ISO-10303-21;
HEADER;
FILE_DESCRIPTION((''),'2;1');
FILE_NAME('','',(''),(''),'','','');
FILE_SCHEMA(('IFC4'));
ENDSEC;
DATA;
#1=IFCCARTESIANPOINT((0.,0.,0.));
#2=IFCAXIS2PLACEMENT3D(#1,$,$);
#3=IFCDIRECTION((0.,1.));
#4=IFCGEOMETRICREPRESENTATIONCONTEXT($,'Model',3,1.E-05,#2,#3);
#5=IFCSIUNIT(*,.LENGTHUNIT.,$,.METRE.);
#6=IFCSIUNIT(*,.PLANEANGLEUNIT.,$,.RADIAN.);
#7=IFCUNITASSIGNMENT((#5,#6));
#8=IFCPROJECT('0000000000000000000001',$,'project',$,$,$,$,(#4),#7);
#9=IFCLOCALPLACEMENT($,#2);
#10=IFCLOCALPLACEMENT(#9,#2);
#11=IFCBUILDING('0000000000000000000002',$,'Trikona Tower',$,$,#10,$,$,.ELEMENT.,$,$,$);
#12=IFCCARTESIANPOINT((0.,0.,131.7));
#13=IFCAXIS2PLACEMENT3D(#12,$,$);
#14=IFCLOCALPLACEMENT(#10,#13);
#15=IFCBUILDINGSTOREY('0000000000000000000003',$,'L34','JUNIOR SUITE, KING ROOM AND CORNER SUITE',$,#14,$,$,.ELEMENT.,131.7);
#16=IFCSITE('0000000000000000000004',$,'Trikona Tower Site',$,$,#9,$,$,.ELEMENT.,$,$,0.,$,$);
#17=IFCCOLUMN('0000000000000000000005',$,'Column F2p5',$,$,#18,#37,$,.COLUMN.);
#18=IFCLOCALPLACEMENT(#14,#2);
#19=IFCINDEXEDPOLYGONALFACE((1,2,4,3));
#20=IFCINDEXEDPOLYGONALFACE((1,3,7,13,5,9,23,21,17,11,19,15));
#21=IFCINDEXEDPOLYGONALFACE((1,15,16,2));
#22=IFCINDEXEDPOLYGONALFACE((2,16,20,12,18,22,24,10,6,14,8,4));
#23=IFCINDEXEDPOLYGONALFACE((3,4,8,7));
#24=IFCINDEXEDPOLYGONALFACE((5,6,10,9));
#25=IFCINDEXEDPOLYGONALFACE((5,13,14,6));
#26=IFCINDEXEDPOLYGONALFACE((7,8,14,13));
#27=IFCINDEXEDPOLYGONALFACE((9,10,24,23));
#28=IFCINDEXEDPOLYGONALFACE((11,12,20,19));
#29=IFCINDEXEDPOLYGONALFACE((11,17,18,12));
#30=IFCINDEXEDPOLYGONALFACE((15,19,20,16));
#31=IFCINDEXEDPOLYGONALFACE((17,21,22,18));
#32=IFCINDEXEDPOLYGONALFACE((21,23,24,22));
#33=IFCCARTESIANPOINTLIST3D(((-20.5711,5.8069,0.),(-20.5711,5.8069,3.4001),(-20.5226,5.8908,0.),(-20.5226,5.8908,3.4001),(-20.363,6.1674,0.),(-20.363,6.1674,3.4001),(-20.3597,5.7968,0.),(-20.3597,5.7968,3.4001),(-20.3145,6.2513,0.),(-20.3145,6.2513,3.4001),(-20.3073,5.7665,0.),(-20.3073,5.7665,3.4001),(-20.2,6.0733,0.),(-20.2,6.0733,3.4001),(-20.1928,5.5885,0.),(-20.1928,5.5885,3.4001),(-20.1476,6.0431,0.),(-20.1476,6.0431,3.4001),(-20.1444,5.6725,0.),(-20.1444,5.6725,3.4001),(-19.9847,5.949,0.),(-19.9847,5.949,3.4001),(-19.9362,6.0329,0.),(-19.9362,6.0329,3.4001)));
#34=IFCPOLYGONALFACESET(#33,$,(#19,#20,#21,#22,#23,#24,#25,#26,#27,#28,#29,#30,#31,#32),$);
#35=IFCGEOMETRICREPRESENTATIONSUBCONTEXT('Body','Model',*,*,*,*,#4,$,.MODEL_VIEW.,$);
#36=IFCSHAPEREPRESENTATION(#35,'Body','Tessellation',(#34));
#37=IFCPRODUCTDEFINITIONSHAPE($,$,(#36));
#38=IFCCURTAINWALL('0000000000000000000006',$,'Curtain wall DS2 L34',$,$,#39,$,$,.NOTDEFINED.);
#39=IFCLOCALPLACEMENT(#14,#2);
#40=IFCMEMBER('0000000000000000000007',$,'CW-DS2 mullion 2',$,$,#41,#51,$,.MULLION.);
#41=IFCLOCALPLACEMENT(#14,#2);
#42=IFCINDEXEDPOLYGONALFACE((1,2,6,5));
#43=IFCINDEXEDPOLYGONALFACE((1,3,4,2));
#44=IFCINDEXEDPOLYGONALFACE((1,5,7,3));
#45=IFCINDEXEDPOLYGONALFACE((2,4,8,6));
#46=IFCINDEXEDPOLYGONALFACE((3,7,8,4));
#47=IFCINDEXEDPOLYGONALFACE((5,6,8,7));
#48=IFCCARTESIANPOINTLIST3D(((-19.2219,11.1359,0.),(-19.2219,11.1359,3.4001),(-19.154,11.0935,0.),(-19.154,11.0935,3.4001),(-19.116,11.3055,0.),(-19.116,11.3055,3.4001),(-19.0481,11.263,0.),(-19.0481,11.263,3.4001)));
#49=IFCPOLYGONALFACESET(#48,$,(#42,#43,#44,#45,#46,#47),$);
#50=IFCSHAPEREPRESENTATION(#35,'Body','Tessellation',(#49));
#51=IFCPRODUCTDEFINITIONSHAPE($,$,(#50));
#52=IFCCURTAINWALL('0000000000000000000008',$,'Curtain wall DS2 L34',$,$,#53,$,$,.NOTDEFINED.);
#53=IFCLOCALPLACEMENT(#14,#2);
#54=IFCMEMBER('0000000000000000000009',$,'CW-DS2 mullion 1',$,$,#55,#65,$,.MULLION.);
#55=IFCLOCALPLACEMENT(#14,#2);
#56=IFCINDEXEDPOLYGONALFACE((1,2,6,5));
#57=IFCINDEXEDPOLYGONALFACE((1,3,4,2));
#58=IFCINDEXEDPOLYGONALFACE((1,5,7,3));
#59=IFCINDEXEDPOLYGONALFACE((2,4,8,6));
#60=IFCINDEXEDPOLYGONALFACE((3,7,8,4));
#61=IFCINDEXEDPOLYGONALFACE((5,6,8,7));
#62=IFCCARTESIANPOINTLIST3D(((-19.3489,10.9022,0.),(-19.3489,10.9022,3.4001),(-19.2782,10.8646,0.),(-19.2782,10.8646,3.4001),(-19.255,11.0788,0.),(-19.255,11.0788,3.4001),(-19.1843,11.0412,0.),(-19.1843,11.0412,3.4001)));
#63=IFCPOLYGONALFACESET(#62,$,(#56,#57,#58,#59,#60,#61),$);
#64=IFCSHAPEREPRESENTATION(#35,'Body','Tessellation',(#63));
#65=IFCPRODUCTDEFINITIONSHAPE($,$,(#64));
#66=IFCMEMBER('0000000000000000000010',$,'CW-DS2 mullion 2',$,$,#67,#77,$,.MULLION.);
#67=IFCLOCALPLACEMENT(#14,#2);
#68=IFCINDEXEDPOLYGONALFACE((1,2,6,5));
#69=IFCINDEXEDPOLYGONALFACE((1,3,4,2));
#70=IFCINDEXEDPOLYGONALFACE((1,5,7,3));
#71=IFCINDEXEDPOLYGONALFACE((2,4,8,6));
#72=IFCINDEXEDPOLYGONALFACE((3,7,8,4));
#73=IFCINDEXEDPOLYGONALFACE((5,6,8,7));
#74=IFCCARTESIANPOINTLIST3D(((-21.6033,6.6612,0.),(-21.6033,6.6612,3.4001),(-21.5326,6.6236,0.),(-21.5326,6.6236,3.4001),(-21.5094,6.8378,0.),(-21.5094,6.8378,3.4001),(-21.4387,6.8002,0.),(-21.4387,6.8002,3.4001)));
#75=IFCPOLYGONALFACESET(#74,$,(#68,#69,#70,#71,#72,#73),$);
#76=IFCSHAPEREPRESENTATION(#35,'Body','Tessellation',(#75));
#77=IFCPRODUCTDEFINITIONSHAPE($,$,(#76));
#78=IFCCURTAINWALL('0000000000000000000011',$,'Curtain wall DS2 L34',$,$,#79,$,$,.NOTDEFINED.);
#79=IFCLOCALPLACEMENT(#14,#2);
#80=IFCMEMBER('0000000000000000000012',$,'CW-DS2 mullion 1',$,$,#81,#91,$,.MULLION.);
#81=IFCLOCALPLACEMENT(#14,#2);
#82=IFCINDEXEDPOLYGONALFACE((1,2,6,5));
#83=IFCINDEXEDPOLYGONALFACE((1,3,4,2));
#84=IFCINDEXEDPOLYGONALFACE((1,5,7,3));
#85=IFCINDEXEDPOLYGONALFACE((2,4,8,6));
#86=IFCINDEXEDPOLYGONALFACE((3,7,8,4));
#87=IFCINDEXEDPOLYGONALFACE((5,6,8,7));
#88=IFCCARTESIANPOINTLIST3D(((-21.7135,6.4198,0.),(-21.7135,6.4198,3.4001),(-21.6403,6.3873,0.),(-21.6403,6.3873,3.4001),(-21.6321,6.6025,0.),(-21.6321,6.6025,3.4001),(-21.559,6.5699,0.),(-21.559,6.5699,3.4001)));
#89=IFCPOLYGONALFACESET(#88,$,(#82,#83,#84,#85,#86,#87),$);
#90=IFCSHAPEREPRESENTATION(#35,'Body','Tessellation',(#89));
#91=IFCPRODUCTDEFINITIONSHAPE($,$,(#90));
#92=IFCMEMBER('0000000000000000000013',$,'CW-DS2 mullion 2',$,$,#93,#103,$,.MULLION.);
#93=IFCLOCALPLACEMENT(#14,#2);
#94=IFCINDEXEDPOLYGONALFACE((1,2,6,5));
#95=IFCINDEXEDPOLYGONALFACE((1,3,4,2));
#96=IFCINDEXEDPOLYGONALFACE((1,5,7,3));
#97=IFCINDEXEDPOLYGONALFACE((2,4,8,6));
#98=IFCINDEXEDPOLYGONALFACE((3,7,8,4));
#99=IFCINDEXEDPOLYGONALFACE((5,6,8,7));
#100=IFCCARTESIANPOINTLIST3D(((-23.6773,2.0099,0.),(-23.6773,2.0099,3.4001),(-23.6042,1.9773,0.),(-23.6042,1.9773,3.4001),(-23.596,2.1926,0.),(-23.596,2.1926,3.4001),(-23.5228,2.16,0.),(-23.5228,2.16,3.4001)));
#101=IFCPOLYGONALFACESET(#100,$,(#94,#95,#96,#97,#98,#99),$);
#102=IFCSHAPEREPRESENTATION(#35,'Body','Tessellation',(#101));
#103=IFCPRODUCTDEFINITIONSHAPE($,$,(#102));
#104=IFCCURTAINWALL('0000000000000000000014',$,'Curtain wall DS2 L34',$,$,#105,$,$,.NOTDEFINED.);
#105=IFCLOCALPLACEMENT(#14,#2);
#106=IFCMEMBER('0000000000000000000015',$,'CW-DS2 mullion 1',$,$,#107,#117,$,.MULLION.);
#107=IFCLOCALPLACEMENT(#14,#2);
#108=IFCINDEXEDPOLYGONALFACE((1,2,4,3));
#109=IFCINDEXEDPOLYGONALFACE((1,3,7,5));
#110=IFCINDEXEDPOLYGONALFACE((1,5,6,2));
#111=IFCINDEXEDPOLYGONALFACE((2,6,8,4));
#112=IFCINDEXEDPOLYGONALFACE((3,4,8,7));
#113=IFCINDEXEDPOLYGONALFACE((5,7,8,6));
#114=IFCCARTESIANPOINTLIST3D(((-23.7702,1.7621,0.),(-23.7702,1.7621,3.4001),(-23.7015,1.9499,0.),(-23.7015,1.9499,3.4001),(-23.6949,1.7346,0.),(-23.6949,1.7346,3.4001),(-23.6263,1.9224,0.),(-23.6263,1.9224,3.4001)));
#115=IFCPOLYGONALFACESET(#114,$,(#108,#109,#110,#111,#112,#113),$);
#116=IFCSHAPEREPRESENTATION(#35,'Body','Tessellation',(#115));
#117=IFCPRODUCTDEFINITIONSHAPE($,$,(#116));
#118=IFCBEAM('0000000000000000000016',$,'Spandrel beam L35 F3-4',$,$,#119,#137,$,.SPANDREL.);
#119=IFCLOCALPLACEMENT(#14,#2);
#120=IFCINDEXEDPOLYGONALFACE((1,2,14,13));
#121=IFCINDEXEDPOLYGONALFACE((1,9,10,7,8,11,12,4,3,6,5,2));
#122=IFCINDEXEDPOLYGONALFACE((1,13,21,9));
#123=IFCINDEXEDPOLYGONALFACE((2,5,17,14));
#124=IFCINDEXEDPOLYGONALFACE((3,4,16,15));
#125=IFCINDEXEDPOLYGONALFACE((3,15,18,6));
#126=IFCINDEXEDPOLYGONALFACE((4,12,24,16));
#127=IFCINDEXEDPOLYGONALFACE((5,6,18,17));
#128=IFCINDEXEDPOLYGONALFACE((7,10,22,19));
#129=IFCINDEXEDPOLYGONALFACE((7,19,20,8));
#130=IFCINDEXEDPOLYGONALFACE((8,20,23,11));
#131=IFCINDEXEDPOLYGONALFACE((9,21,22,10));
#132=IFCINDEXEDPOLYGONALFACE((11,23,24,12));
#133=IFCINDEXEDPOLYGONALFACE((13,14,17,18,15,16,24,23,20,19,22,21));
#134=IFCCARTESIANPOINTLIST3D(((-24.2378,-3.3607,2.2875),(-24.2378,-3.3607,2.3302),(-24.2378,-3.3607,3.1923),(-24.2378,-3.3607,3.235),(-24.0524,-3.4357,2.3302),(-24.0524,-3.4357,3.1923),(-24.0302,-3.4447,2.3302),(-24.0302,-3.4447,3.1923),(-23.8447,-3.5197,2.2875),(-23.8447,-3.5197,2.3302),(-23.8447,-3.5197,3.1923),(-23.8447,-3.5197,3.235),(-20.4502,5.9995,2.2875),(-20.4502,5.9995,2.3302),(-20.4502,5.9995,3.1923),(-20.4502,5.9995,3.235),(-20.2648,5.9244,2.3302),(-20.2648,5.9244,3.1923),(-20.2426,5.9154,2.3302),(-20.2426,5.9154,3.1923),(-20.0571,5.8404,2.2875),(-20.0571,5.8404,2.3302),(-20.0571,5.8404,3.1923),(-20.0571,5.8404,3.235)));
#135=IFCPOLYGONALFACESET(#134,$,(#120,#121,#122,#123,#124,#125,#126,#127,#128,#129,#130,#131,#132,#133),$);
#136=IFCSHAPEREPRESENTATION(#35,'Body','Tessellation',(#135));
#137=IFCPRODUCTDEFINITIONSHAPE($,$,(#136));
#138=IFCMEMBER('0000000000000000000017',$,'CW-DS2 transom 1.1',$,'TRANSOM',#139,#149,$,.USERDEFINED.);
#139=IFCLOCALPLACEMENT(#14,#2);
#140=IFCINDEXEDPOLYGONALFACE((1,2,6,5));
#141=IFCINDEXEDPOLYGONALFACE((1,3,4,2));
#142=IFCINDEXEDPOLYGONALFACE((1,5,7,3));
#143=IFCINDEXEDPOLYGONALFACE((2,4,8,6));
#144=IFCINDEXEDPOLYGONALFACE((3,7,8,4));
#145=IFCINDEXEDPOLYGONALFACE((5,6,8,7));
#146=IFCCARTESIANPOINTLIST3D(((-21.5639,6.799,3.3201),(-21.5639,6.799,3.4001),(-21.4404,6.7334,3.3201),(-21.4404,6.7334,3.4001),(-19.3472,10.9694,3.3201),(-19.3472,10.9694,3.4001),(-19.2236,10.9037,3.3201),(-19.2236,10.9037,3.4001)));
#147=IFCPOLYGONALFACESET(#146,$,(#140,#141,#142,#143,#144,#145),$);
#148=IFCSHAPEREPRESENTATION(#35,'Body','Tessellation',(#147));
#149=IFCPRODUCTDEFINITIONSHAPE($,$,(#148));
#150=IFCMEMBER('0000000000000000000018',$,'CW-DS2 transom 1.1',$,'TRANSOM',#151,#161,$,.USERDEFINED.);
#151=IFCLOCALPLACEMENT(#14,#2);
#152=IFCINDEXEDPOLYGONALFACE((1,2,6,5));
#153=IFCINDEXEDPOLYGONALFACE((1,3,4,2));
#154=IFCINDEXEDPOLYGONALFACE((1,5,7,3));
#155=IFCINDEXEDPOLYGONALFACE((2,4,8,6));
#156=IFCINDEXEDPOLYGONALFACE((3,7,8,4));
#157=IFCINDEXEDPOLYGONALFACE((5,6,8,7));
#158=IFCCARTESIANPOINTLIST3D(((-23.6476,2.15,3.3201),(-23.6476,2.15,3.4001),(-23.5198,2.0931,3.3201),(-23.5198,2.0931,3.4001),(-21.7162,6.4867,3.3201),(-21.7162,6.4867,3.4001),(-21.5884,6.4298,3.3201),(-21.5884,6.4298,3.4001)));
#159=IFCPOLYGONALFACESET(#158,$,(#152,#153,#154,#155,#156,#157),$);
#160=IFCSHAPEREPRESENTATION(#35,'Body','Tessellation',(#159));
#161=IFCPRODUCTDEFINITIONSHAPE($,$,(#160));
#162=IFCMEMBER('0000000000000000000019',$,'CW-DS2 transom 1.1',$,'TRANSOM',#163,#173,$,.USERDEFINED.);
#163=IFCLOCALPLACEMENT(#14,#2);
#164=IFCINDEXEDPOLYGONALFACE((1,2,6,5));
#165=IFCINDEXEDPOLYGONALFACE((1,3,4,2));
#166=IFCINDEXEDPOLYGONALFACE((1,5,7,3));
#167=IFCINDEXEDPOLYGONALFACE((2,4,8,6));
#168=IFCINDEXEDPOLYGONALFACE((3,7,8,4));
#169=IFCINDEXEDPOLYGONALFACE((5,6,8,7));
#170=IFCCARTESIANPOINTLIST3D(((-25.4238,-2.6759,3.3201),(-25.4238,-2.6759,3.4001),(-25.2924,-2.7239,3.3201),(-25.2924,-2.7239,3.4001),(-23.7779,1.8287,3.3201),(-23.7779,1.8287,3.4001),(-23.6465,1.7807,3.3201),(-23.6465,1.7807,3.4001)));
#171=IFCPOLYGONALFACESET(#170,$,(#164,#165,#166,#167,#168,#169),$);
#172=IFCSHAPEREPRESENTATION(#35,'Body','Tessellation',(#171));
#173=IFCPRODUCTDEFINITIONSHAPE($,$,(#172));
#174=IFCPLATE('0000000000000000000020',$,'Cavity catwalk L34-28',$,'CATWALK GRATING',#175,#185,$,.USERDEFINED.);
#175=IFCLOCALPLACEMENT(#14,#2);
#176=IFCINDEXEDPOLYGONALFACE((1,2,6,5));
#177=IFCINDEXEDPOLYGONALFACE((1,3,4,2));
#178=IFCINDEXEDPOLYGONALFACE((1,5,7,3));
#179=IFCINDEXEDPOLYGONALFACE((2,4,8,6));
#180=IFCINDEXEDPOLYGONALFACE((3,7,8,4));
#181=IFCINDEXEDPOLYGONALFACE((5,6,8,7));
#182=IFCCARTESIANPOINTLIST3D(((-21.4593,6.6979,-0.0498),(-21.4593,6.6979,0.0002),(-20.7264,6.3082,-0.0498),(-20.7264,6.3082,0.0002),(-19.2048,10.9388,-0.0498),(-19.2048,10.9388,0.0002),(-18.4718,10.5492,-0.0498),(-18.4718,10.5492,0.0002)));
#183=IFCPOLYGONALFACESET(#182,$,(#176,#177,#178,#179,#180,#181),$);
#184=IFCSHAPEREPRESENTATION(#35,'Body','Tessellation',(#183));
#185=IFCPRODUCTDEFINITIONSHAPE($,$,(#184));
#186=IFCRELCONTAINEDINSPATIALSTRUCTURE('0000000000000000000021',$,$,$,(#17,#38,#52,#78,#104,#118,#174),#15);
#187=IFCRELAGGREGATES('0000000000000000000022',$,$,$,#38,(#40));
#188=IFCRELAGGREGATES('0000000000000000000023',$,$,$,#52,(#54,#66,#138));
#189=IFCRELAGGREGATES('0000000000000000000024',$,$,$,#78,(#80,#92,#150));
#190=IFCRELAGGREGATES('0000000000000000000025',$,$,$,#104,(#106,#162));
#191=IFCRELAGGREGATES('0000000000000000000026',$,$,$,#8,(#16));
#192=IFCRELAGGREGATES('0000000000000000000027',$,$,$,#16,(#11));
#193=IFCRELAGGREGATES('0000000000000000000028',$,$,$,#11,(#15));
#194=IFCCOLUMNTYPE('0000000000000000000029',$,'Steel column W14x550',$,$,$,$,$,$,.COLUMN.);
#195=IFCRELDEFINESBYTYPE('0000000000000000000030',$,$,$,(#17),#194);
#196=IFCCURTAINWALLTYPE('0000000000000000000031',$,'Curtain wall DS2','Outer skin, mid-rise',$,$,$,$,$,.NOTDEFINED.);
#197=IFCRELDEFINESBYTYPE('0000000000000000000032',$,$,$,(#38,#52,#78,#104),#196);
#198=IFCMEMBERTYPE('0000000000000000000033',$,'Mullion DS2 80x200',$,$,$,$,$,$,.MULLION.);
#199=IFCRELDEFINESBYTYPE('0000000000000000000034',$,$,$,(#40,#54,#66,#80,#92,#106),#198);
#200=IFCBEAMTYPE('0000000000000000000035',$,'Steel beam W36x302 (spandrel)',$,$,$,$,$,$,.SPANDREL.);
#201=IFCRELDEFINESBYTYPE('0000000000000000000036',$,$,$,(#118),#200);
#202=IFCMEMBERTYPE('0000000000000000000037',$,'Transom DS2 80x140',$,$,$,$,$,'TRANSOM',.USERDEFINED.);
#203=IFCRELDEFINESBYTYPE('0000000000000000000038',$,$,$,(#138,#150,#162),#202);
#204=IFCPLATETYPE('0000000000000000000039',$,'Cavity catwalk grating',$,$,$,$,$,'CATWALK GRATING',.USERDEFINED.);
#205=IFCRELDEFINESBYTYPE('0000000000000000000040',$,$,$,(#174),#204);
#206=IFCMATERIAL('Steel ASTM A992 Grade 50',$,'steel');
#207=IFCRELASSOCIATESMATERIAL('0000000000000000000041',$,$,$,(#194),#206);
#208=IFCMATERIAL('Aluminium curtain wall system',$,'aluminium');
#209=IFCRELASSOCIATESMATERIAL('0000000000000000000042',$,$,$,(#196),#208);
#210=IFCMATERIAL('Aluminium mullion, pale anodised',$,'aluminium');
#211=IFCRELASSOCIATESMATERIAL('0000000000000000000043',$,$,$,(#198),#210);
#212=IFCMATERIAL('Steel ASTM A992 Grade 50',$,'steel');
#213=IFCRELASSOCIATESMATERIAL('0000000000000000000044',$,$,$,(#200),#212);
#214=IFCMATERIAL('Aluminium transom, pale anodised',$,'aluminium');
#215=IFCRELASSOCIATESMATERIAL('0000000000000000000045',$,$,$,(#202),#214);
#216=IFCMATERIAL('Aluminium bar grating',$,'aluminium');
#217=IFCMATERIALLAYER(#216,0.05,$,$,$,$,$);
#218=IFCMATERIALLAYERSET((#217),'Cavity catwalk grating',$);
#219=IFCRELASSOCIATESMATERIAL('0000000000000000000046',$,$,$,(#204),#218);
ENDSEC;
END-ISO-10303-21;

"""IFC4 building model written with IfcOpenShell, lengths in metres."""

from ifc_helpers import new_model, si_unit, direction, frame, origin, origin_2d, place, context, subcontext, project, spatial, rectangle, i_section, extrude, material, layer, layer_set, material_profile, profile_set, type_object, element, aggregate, save


model = new_model("IFC4")

# Units and contexts
model_context = context("Model", 3, precision=1e-05, world=origin(), true_north=direction((0.0, 1.0)))
body_context = subcontext(model_context, "Body", "Model", "MODEL_VIEW")
ifc_project = project(units=[si_unit("LENGTHUNIT", "METRE"), si_unit("PLANEANGLEUNIT", "RADIAN")], contexts=[model_context])

# Site, building, storey
site_placement = place(None, origin())
site = spatial("IfcSite", under=ifc_project, at=site_placement, Name="Trikona Tower Site", CompositionType="ELEMENT", RefElevation=0.0)
building_placement = place(site_placement, origin())
building = spatial("IfcBuilding", under=site, at=building_placement, Name="Trikona Tower", CompositionType="ELEMENT")
storey_placement = place(building_placement, frame((0.0, 0.0, 131.7)))
storey = spatial("IfcBuildingStorey", under=building, at=storey_placement, Name="L34", Description="JUNIOR SUITE, KING ROOM AND CORNER SUITE", CompositionType="ELEMENT", Elevation=131.7)

# Column
ifc_material_1 = material(Name="Steel ASTM A992 Grade 50", Category="steel")
ifc_material_profile_1 = material_profile(ifc_material_1, i_section(OverallWidth=0.4368, OverallDepth=0.5132, WebThickness=0.0605, FlangeThickness=0.0969, at=origin_2d()), Name="W14X550")
ifc_profile_set_1 = profile_set([ifc_material_profile_1], Name="Steel ASTM A992 Grade 50")
column_type = type_object("IfcColumnType", Name="Steel column W14x550", PredefinedType="COLUMN", material=ifc_profile_set_1)
column_placement = place(storey_placement, frame((-20.2537, 5.9199, 0.0), z_axis=(0.0, 0.0, 1.0), x_axis=(-0.866025, 0.5, 0.0)))
element("IfcColumn", 1, at=column_placement, inside=storey, type_object=column_type, Name="Column F2p5", PredefinedType="COLUMN", context=body_context, shape_type="SweptSolid", body=[
    extrude(i_section(OverallWidth=0.4368, OverallDepth=0.5132, WebThickness=0.0605, FlangeThickness=0.0969, at=origin_2d()), origin(), (0.0, 0.0, 1.0), 3.4001),
])

# Curtain wall, member
ifc_material_2 = material(Name="Aluminium curtain wall system", Category="aluminium")
curtain_wall_type = type_object("IfcCurtainWallType", Name="Curtain wall DS2", Description="Outer skin, mid-rise", PredefinedType="NOTDEFINED", material=ifc_material_2)
curtain_wall_1_placement = place(storey_placement, origin())
curtain_wall_1 = element("IfcCurtainWall", 2, at=curtain_wall_1_placement, inside=storey, type_object=curtain_wall_type, Name="Curtain wall DS2 L34", PredefinedType="NOTDEFINED")
ifc_material_3 = material(Name="Aluminium mullion, pale anodised", Category="aluminium")
ifc_material_profile_2 = material_profile(ifc_material_3, rectangle(XDim=0.0801, YDim=0.2, at=origin_2d()), Name="MUL-DS2")
ifc_profile_set_2 = profile_set([ifc_material_profile_2], Name="Aluminium mullion, pale anodised")
member_type_1 = type_object("IfcMemberType", Name="Mullion DS2 80x200", PredefinedType="MULLION", material=ifc_profile_set_2)
member_1_placement = place(storey_placement, frame((-19.135, 11.1995, 0.0), z_axis=(0.0, 0.0, 1.0), x_axis=(0.847998, -0.529999, 0.0)))
member_1 = element("IfcMember", 3, at=member_1_placement, type_object=member_type_1, Name="CW-DS2 mullion 2", PredefinedType="MULLION", context=body_context, shape_type="SweptSolid", body=[
    extrude(rectangle(XDim=0.0801, YDim=0.2, at=origin_2d()), origin(), (0.0, 0.0, 1.0), 3.4001),
])
aggregate(curtain_wall_1, [member_1])

# Curtain walls, members
curtain_wall_2_placement = place(storey_placement, origin())
curtain_wall_2 = element("IfcCurtainWall", 4, at=curtain_wall_2_placement, inside=storey, type_object=curtain_wall_type, Name="Curtain wall DS2 L34", PredefinedType="NOTDEFINED")
member_2_placement = place(storey_placement, frame((-19.2666, 10.9717, 0.0), z_axis=(0.0, 0.0, 1.0), x_axis=(0.882996, -0.46938, 0.0)))
member_2 = element("IfcMember", 5, at=member_2_placement, type_object=member_type_1, Name="CW-DS2 mullion 1", PredefinedType="MULLION", context=body_context, shape_type="SweptSolid", body=[
    extrude(rectangle(XDim=0.0801, YDim=0.2, at=origin_2d()), origin(), (0.0, 0.0, 1.0), 3.4001),
])
member_3_placement = place(storey_placement, frame((-21.521, 6.7307, 0.0), z_axis=(0.0, 0.0, 1.0), x_axis=(0.882996, -0.46938, 0.0)))
member_3 = element("IfcMember", 6, at=member_3_placement, type_object=member_type_1, Name="CW-DS2 mullion 2", PredefinedType="MULLION", context=body_context, shape_type="SweptSolid", body=[
    extrude(rectangle(XDim=0.0801, YDim=0.2, at=origin_2d()), origin(), (0.0, 0.0, 1.0), 3.4001),
])
curtain_wall_3_placement = place(storey_placement, origin())
curtain_wall_3 = element("IfcCurtainWall", 7, at=curtain_wall_3_placement, inside=storey, type_object=curtain_wall_type, Name="Curtain wall DS2 L34", PredefinedType="NOTDEFINED")
member_4_placement = place(storey_placement, frame((-21.6362, 6.4949, 0.0), z_axis=(0.0, 0.0, 1.0), x_axis=(0.913501, -0.406836, 0.0)))
member_4 = element("IfcMember", 8, at=member_4_placement, type_object=member_type_1, Name="CW-DS2 mullion 1", PredefinedType="MULLION", context=body_context, shape_type="SweptSolid", body=[
    extrude(rectangle(XDim=0.0801, YDim=0.2, at=origin_2d()), origin(), (0.0, 0.0, 1.0), 3.4001),
])
member_5_placement = place(storey_placement, frame((-23.6001, 2.085, 0.0), z_axis=(0.0, 0.0, 1.0), x_axis=(0.913501, -0.406836, 0.0)))
member_5 = element("IfcMember", 9, at=member_5_placement, type_object=member_type_1, Name="CW-DS2 mullion 2", PredefinedType="MULLION", context=body_context, shape_type="SweptSolid", body=[
    extrude(rectangle(XDim=0.0801, YDim=0.2, at=origin_2d()), origin(), (0.0, 0.0, 1.0), 3.4001),
])

# Curtain wall, member
curtain_wall_4_placement = place(storey_placement, origin())
curtain_wall_4 = element("IfcCurtainWall", 10, at=curtain_wall_4_placement, inside=storey, type_object=curtain_wall_type, Name="Curtain wall DS2 L34", PredefinedType="NOTDEFINED")
member_6_placement = place(storey_placement, frame((-23.6982, 1.8423, 0.0), z_axis=(0.0, 0.0, 1.0), x_axis=(0.939254, -0.343223, 0.0)))
member_6 = element("IfcMember", 11, at=member_6_placement, type_object=member_type_1, Name="CW-DS2 mullion 1", PredefinedType="MULLION", context=body_context, shape_type="SweptSolid", body=[
    extrude(rectangle(XDim=0.0801, YDim=0.2, at=origin_2d()), origin(), (0.0, 0.0, 1.0), 3.4001),
])

# Beam
ifc_material_4 = material(Name="Steel ASTM A992 Grade 50", Category="steel")
ifc_material_profile_3 = material_profile(ifc_material_4, i_section(OverallWidth=0.4241, OverallDepth=0.9475, WebThickness=0.0239, FlangeThickness=0.0427, at=origin_2d()), Name="W36X302")
ifc_profile_set_3 = profile_set([ifc_material_profile_3], Name="Steel ASTM A992 Grade 50")
beam_type = type_object("IfcBeamType", Name="Steel beam W36x302 (spandrel)", PredefinedType="SPANDREL", material=ifc_profile_set_3)
beam_placement = place(storey_placement, frame((-20.2537, 5.9199, 2.7612), z_axis=(-0.375106, -0.926982, 0.0), x_axis=(0.926982, -0.375106, 0.0)))
element("IfcBeam", 12, at=beam_placement, inside=storey, type_object=beam_type, Name="Spandrel beam L35 F3-4", PredefinedType="SPANDREL", context=body_context, shape_type="SweptSolid", body=[
    extrude(i_section(OverallWidth=0.4241, OverallDepth=0.9475, WebThickness=0.0239, FlangeThickness=0.0427, at=origin_2d()), origin(), (0.0, 0.0, 1.0), 10.0974),
])

# Members
ifc_material_5 = material(Name="Aluminium transom, pale anodised", Category="aluminium")
ifc_material_profile_4 = material_profile(ifc_material_5, rectangle(XDim=0.1399, YDim=0.0801, at=origin_2d()), Name="TRN-DS2")
ifc_profile_set_4 = profile_set([ifc_material_profile_4], Name="Aluminium transom, pale anodised")
member_type_2 = type_object("IfcMemberType", Name="Transom DS2 80x140", ElementType="TRANSOM", PredefinedType="USERDEFINED", material=ifc_profile_set_4)
member_7_placement = place(storey_placement, frame((-19.2854, 10.9365, 3.3601), z_axis=(-0.469364, -0.883005, 0.0), x_axis=(0.883005, -0.469364, 0.0)))
member_7 = element("IfcMember", 13, at=member_7_placement, type_object=member_type_2, Name="CW-DS2 transom 1.1", ObjectType="TRANSOM", PredefinedType="USERDEFINED", context=body_context, shape_type="SweptSolid", body=[
    extrude(rectangle(XDim=0.1399, YDim=0.0801, at=origin_2d()), origin(), (0.0, 0.0, 1.0), 4.7229),
])
member_8_placement = place(storey_placement, frame((-21.6523, 6.4583, 3.3601), z_axis=(-0.40684, -0.9135, 0.0), x_axis=(0.9135, -0.40684, 0.0)))
member_8 = element("IfcMember", 14, at=member_8_placement, type_object=member_type_2, Name="CW-DS2 transom 1.1", ObjectType="TRANSOM", PredefinedType="USERDEFINED", context=body_context, shape_type="SweptSolid", body=[
    extrude(rectangle(XDim=0.1399, YDim=0.0801, at=origin_2d()), origin(), (0.0, 0.0, 1.0), 4.7473),
])
member_9_placement = place(storey_placement, frame((-23.7122, 1.8047, 3.3601), z_axis=(-0.343206, -0.93926, 0.0), x_axis=(0.93926, -0.343206, 0.0)))
member_9 = element("IfcMember", 15, at=member_9_placement, type_object=member_type_2, Name="CW-DS2 transom 1.1", ObjectType="TRANSOM", PredefinedType="USERDEFINED", context=body_context, shape_type="SweptSolid", body=[
    extrude(rectangle(XDim=0.1399, YDim=0.0801, at=origin_2d()), origin(), (0.0, 0.0, 1.0), 4.7959),
])

# Plate
ifc_material_6 = material(Name="Aluminium bar grating", Category="aluminium")
ifc_layer_1 = layer(ifc_material_6, 0.05)
ifc_layer_set_1 = layer_set([ifc_layer_1], Name="Cavity catwalk grating")
plate_type_1 = type_object("IfcPlateType", Name="Cavity catwalk grating", ElementType="CATWALK GRATING", PredefinedType="USERDEFINED", material=ifc_layer_set_1)
plate_1_placement = place(storey_placement, frame((-19.9656, 8.6235, -0.0498), z_axis=(0.0, 0.0, 1.0), x_axis=(-0.469398, -0.882987, 0.0)))
element("IfcPlate", 16, at=plate_1_placement, inside=storey, type_object=plate_type_1, Name="Cavity catwalk L34-28", ObjectType="CATWALK GRATING", PredefinedType="USERDEFINED", context=body_context, shape_type="SweptSolid", body=[
    extrude(rectangle(XDim=4.803, YDim=0.8301, at=origin_2d()), origin(), (0.0, 0.0, 1.0), 0.05),
])

aggregate(curtain_wall_2, [member_2, member_3, member_7])
aggregate(curtain_wall_3, [member_4, member_5, member_8])
aggregate(curtain_wall_4, [member_6, member_9])

save(model, "model.ifc")
